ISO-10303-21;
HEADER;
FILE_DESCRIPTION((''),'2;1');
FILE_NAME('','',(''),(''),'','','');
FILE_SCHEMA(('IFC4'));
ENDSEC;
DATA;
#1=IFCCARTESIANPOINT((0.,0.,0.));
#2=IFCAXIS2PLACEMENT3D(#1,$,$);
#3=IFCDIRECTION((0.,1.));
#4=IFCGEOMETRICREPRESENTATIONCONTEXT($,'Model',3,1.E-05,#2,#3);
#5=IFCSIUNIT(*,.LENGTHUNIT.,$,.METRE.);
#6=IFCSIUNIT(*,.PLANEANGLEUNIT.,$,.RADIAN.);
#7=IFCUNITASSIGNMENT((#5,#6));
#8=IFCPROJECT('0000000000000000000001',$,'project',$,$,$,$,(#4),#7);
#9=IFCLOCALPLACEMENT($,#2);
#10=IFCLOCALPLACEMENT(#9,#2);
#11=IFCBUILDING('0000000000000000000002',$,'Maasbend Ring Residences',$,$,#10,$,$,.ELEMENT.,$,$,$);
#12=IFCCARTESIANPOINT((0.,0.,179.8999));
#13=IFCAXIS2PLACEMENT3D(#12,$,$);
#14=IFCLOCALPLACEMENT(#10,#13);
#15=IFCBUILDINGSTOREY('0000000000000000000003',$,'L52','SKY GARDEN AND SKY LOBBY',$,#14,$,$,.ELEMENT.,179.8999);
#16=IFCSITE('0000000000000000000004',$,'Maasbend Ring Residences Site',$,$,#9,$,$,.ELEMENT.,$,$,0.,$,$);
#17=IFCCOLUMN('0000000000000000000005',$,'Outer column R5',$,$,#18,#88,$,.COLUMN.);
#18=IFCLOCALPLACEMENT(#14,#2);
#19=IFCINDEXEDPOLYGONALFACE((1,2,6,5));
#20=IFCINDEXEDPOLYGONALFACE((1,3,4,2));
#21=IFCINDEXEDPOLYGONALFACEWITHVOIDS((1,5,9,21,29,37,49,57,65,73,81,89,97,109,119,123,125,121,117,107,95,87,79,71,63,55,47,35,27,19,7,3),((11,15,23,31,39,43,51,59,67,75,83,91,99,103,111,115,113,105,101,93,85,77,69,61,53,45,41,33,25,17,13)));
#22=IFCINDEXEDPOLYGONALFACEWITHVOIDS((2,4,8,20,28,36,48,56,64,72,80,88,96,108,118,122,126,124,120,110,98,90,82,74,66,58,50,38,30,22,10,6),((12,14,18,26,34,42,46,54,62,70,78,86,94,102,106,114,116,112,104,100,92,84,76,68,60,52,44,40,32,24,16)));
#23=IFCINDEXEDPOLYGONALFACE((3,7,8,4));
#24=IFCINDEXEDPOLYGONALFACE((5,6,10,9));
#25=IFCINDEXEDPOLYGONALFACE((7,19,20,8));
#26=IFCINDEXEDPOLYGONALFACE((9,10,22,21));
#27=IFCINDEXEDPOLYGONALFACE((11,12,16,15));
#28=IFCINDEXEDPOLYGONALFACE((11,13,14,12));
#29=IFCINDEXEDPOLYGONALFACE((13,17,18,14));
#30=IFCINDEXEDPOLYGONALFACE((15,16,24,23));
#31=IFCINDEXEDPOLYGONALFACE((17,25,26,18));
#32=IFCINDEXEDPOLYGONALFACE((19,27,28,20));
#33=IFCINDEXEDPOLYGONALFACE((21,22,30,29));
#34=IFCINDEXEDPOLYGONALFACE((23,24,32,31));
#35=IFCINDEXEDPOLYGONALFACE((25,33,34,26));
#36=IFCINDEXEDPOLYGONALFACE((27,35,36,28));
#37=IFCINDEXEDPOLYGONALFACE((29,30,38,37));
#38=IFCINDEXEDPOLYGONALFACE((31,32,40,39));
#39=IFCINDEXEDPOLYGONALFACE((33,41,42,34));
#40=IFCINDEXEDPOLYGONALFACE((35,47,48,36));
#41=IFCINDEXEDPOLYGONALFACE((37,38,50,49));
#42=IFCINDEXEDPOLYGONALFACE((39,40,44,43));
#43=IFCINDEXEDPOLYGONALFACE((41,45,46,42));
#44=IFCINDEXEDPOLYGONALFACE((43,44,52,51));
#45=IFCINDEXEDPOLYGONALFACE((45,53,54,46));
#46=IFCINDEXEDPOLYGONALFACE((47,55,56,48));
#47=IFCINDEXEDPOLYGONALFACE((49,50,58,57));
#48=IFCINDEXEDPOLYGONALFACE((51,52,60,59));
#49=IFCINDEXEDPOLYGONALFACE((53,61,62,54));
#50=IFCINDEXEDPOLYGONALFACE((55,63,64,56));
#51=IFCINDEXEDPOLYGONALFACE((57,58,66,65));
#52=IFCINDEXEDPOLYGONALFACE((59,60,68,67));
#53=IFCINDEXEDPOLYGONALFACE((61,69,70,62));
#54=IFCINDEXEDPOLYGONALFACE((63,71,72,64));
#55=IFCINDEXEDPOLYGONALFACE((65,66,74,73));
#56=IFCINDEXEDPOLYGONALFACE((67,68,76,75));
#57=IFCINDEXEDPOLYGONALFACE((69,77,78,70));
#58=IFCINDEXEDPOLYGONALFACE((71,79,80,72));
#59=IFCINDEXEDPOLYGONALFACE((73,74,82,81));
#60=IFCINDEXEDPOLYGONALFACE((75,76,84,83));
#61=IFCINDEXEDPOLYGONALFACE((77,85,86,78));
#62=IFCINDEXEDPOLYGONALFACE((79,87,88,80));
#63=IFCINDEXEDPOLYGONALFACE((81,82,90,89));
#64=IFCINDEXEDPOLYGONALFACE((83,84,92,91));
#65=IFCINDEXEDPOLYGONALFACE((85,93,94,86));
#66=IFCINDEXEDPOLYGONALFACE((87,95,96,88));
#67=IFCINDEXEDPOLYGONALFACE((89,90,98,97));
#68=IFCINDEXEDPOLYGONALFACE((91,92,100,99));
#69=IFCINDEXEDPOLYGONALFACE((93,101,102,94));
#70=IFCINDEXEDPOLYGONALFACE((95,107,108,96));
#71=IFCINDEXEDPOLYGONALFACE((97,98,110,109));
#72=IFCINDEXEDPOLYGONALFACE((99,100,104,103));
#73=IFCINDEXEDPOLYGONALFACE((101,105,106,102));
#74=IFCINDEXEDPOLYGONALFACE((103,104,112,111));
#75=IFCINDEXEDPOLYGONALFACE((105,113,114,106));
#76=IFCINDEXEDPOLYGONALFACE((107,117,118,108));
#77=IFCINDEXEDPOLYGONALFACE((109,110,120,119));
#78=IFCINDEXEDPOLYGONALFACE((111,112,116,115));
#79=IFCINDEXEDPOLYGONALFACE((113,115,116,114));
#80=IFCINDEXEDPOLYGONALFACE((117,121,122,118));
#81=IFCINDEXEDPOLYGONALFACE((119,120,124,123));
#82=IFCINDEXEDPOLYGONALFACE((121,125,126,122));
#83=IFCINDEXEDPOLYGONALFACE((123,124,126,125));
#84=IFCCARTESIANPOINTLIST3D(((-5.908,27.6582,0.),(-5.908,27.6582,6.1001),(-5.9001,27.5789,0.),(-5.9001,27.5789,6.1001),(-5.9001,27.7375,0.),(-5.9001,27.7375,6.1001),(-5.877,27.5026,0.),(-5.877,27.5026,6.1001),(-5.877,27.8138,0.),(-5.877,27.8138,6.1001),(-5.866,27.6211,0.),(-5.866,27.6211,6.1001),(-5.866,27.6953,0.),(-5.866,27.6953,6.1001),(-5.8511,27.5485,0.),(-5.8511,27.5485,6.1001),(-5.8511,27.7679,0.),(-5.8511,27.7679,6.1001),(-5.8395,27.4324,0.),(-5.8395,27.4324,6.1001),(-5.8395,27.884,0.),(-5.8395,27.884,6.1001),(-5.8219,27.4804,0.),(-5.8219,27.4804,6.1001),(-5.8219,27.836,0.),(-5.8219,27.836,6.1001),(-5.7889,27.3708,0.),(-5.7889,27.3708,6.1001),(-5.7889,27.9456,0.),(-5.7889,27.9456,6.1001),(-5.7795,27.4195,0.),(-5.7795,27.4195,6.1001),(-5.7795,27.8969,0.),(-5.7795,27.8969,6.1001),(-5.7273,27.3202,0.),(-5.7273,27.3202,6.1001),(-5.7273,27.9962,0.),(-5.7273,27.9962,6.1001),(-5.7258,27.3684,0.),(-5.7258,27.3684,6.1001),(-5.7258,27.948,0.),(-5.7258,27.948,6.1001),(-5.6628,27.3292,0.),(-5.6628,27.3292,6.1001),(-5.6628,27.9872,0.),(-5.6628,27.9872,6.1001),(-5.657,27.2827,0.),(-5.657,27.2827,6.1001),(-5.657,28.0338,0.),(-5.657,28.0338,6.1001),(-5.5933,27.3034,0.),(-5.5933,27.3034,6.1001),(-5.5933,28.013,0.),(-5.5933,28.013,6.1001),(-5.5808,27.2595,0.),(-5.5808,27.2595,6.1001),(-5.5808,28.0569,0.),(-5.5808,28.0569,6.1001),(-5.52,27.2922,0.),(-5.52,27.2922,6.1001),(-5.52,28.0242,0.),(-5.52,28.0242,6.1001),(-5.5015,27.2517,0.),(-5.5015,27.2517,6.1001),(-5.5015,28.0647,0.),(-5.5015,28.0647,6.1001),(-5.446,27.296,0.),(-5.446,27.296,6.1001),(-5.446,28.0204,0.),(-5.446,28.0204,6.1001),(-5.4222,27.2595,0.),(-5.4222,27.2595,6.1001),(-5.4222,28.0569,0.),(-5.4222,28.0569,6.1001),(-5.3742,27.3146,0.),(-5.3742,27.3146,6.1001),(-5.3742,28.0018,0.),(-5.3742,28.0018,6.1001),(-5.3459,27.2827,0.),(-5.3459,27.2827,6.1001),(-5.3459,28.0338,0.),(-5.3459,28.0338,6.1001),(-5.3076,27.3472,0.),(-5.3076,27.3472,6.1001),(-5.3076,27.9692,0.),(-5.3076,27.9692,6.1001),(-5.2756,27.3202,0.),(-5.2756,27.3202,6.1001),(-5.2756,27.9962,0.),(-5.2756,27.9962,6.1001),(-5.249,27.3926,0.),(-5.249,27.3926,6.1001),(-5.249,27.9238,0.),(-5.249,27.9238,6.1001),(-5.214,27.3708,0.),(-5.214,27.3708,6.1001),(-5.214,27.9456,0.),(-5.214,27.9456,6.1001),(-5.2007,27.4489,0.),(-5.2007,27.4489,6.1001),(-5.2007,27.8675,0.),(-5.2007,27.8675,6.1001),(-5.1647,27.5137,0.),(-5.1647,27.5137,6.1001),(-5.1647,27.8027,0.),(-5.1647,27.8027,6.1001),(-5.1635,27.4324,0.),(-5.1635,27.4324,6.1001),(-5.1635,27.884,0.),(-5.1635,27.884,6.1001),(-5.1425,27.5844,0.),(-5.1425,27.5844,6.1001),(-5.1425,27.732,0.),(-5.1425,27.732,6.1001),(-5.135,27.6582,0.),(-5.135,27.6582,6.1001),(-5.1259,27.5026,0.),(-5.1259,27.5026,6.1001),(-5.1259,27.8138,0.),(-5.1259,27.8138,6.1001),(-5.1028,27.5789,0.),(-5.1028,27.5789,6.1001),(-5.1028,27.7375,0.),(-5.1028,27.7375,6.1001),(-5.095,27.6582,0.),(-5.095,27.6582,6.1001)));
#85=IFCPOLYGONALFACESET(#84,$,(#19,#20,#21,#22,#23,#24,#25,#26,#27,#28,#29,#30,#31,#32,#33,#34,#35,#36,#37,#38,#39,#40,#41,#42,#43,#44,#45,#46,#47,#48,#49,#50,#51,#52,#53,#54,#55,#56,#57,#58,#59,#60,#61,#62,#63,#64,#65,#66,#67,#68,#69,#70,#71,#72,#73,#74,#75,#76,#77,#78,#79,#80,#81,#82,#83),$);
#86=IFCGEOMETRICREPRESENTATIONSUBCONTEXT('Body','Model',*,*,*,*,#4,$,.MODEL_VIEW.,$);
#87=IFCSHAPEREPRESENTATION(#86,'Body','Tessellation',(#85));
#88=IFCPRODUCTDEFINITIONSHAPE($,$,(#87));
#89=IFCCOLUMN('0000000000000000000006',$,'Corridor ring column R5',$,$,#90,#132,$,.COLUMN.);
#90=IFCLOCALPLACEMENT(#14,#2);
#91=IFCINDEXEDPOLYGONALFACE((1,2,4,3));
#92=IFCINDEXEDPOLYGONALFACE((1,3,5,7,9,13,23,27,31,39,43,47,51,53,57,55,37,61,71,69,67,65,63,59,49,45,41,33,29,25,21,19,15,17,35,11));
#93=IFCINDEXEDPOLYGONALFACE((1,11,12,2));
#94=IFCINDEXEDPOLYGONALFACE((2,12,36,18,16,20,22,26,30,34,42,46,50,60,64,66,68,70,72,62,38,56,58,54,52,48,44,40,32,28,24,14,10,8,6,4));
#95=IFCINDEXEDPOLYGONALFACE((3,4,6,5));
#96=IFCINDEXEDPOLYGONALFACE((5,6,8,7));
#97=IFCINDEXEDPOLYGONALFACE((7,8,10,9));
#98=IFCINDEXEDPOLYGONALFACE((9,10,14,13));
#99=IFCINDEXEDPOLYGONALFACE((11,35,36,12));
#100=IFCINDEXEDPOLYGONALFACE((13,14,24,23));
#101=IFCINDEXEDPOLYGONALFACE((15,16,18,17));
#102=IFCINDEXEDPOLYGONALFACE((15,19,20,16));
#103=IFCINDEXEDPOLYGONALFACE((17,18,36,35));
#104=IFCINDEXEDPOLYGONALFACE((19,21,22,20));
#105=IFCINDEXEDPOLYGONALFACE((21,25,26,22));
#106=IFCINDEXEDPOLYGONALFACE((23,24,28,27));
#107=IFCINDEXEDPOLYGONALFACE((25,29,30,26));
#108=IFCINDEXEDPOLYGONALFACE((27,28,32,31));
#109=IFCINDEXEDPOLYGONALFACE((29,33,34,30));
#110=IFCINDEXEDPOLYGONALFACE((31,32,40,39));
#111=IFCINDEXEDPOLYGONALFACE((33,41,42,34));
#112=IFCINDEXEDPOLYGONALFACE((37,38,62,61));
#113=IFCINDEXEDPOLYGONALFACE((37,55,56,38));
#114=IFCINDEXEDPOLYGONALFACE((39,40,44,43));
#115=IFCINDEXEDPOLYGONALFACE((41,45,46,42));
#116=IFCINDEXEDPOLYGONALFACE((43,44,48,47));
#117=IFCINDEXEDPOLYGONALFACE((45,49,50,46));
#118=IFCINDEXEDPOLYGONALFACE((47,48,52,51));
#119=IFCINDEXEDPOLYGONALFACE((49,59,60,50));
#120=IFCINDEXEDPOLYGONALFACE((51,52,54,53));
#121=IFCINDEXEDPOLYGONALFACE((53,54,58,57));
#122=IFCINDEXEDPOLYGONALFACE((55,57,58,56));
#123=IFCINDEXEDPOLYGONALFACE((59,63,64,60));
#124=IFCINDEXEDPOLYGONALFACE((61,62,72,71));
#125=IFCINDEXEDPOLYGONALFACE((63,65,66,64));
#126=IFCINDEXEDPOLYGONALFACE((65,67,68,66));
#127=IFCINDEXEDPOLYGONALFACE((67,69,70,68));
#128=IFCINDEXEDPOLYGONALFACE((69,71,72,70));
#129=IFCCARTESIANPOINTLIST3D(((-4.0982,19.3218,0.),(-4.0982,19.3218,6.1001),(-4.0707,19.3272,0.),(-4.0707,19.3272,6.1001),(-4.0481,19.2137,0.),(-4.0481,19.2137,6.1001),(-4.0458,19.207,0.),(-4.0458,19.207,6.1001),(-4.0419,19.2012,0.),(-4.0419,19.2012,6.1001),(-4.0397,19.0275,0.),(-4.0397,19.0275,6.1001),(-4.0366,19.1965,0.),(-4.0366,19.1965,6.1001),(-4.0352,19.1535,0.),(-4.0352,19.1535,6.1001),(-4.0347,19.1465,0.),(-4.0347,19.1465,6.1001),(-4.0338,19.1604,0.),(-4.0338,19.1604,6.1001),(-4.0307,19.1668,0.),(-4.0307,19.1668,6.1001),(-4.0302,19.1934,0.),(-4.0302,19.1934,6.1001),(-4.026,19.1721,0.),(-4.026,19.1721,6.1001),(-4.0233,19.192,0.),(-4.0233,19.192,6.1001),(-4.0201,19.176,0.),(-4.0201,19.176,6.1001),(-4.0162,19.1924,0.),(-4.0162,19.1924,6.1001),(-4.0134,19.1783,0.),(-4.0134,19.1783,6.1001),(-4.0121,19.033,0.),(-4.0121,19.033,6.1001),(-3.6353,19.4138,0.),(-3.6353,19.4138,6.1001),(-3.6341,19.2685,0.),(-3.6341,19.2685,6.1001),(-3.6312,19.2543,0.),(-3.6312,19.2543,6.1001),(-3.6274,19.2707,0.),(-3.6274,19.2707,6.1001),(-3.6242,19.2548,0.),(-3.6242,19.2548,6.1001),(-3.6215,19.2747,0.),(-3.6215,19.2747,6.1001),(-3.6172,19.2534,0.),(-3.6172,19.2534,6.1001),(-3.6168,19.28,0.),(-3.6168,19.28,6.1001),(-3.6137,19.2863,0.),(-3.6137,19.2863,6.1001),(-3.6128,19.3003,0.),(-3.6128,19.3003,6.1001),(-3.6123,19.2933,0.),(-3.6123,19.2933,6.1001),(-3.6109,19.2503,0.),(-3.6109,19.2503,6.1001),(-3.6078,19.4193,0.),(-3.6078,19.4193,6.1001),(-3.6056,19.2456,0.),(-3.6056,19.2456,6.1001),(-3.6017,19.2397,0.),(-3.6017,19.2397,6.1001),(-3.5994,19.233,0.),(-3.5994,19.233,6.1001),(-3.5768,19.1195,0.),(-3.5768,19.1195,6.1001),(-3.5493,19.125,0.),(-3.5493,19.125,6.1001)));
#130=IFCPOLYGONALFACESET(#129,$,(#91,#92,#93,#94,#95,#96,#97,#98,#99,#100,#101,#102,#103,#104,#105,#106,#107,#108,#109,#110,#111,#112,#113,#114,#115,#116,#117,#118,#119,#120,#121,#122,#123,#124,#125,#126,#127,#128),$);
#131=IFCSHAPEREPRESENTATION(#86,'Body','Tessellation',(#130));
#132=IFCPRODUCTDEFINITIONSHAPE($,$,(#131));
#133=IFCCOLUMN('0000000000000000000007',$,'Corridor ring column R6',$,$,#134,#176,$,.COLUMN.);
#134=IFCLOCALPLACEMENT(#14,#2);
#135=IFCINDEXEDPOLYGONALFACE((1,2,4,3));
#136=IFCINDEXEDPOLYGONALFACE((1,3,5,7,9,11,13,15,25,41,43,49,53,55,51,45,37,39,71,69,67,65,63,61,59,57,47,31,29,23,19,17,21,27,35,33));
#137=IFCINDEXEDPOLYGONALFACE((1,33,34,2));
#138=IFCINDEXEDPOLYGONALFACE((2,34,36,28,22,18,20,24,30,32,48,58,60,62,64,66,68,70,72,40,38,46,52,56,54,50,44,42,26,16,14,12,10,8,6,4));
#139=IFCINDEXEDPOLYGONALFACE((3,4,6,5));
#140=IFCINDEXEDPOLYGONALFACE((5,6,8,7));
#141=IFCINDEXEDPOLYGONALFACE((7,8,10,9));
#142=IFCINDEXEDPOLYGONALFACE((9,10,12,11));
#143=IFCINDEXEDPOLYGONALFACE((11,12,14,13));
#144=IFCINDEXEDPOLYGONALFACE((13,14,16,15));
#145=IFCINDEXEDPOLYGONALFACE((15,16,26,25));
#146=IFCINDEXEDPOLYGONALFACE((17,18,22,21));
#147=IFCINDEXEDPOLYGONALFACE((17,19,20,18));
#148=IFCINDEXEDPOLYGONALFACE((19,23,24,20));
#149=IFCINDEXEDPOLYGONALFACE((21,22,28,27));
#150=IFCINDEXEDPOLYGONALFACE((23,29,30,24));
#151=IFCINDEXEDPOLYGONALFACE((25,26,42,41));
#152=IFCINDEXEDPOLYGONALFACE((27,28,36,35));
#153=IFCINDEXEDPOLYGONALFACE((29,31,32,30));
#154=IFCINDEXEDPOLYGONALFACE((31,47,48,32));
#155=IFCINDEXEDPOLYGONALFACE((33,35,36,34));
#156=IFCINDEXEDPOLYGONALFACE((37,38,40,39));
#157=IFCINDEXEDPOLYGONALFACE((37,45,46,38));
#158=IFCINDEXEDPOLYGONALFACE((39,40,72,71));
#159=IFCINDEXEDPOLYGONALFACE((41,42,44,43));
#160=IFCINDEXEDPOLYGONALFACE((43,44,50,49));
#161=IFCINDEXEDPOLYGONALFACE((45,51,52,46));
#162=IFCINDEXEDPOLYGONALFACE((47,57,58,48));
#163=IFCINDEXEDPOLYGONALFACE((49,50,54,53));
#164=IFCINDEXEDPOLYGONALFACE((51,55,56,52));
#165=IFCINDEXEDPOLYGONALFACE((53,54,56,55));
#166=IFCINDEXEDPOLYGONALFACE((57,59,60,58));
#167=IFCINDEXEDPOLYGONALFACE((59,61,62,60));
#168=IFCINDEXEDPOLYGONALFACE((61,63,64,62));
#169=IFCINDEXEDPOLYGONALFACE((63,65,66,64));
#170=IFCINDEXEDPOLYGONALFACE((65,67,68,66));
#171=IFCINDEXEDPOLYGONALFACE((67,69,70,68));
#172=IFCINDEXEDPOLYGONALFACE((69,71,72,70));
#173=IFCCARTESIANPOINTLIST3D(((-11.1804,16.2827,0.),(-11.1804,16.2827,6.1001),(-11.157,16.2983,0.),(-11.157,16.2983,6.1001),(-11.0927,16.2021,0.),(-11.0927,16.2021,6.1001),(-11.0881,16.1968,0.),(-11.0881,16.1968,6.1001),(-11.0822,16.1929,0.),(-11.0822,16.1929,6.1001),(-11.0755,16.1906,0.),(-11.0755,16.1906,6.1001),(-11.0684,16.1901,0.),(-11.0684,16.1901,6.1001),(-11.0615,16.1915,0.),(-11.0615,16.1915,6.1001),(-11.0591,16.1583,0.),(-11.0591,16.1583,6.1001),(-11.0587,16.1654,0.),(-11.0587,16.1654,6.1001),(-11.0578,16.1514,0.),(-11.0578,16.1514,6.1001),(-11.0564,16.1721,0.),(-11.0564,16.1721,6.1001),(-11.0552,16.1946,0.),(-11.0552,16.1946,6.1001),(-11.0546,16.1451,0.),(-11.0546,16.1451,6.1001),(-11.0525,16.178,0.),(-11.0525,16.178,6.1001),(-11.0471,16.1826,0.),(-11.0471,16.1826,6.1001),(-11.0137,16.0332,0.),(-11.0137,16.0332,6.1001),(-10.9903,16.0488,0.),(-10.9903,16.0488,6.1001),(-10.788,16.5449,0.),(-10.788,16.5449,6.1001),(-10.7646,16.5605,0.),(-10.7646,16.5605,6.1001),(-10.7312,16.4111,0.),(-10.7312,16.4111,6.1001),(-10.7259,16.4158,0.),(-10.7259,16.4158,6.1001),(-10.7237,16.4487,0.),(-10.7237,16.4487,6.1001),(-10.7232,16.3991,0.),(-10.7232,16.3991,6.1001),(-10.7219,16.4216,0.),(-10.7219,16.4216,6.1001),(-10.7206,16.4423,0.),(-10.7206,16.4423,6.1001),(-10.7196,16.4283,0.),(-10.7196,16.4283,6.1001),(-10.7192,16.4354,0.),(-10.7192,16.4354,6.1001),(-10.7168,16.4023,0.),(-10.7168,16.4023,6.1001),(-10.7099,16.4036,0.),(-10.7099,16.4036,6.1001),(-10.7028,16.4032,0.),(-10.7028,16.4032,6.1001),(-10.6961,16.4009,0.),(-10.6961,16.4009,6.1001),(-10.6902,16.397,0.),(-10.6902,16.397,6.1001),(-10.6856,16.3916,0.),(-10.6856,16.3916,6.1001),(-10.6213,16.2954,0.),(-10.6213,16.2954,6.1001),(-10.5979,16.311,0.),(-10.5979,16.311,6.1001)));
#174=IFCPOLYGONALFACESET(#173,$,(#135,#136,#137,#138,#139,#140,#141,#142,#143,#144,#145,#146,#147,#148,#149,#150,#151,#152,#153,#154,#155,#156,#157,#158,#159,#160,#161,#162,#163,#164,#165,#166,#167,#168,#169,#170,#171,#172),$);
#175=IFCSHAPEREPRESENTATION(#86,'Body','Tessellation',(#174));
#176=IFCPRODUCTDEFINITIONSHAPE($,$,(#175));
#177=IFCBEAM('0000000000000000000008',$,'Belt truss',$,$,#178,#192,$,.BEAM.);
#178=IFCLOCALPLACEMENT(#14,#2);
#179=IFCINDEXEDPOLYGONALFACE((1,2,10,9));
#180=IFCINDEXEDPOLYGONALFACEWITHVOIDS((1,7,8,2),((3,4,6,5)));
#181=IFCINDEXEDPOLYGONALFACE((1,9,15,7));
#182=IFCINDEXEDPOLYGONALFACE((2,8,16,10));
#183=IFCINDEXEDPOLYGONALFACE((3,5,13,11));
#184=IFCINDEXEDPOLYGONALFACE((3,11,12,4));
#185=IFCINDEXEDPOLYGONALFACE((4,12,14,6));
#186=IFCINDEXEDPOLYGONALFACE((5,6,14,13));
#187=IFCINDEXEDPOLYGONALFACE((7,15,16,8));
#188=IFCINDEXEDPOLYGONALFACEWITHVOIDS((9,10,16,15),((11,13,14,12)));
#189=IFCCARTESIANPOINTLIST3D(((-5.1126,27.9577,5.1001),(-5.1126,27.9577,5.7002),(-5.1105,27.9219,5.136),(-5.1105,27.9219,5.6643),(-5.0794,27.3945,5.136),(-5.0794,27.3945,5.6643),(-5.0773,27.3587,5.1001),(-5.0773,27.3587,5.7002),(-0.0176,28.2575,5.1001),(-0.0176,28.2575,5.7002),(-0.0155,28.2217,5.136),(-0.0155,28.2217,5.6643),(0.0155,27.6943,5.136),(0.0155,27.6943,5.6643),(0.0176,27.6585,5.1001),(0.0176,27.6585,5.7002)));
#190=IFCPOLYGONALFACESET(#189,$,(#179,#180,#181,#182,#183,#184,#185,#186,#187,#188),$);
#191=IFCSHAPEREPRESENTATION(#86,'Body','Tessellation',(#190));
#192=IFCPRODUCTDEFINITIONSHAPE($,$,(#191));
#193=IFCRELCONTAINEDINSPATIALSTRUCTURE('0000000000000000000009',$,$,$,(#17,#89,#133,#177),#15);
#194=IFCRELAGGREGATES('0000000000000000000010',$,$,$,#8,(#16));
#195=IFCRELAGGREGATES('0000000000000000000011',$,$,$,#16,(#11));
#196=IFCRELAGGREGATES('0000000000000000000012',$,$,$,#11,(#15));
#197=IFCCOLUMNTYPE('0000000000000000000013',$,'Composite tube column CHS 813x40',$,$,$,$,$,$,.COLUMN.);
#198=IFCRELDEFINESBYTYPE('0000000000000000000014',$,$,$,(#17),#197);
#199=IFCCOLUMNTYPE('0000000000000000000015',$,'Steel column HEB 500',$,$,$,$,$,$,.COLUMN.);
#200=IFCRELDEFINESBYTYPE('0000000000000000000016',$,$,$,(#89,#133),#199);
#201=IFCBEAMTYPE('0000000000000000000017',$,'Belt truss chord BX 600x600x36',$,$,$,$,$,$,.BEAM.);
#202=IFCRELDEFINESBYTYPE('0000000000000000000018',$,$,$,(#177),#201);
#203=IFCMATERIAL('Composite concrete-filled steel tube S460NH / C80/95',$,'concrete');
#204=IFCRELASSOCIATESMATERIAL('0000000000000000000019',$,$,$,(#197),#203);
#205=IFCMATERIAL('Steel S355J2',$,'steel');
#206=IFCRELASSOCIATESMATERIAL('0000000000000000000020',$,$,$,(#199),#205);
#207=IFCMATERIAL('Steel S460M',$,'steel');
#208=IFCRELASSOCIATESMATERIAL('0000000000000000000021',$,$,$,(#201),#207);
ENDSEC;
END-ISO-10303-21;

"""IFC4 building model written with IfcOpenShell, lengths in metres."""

from ifc_helpers import new_model, si_unit, direction, frame, origin, origin_2d, place, context, subcontext, project, spatial, hollow_rectangle, hollow_circle, i_section, extrude, material, material_profile, profile_set, type_object, element, save


model = new_model("IFC4")

# Units and contexts
model_context = context("Model", 3, precision=1e-05, world=origin(), true_north=direction((0.0, 1.0)))
body_context = subcontext(model_context, "Body", "Model", "MODEL_VIEW")
ifc_project = project(units=[si_unit("LENGTHUNIT", "METRE"), si_unit("PLANEANGLEUNIT", "RADIAN")], contexts=[model_context])

# Site, building, storey
site_placement = place(None, origin())
site = spatial("IfcSite", under=ifc_project, at=site_placement, Name="Maasbend Ring Residences Site", CompositionType="ELEMENT", RefElevation=0.0)
building_placement = place(site_placement, origin())
building = spatial("IfcBuilding", under=site, at=building_placement, Name="Maasbend Ring Residences", CompositionType="ELEMENT")
storey_placement = place(building_placement, frame((0.0, 0.0, 179.8999)))
storey = spatial("IfcBuildingStorey", under=building, at=storey_placement, Name="L52", Description="SKY GARDEN AND SKY LOBBY", CompositionType="ELEMENT", Elevation=179.8999)

# Columns
ifc_material_1 = material(Name="Composite concrete-filled steel tube S460NH / C80/95", Category="concrete")
ifc_material_profile_1 = material_profile(ifc_material_1, hollow_circle(Radius=0.4065, WallThickness=0.04, at=origin_2d()), Name="Composite tube column CHS 813x40")
ifc_profile_set_1 = profile_set([ifc_material_profile_1], Name="Composite concrete-filled steel tube S460NH / C80/95")
column_type_1 = type_object("IfcColumnType", Name="Composite tube column CHS 813x40", PredefinedType="COLUMN", material=ifc_profile_set_1)
column_placement = place(storey_placement, frame((-5.5015, 27.6582, 0.0), z_axis=(0.0, 0.0, 1.0), x_axis=(1.0, 0.0, 0.0)))
element("IfcColumn", 1, at=column_placement, inside=storey, type_object=column_type_1, Name="Outer column R5", PredefinedType="COLUMN", context=body_context, shape_type="SweptSolid", body=[
    extrude(hollow_circle(Radius=0.4065, WallThickness=0.04, at=origin_2d()), origin(), (0.0, 0.0, 1.0), 6.1001),
])
ifc_material_2 = material(Name="Steel S355J2", Category="steel")
ifc_material_profile_2 = material_profile(ifc_material_2, i_section(OverallWidth=0.3, OverallDepth=0.5, WebThickness=0.0144, FlangeThickness=0.0281, FilletRadius=0.0271, at=origin_2d()), Name="HEB 500")
ifc_profile_set_2 = profile_set([ifc_material_profile_2], Name="Steel S355J2")
column_type_2 = type_object("IfcColumnType", Name="Steel column HEB 500", PredefinedType="COLUMN", material=ifc_profile_set_2)
for number, where, z_axis, x_axis, name in (
    (2, (-3.8237, 19.2234, 0.0), (0.0, 0.0, 1.0), (-0.19509, 0.980785, 0.0), "Corridor ring column R5"),
    (3, (-10.8892, 16.2969, 0.0), (0.0, 0.0, 1.0), (-0.55557, 0.83147, 0.0), "Corridor ring column R6"),
):
    element("IfcColumn", number, at=place(storey_placement, frame(where, z_axis=z_axis, x_axis=x_axis)), inside=storey, type_object=column_type_2, Name=name, PredefinedType="COLUMN", context=body_context, shape_type="SweptSolid", body=[
        extrude(i_section(OverallWidth=0.3, OverallDepth=0.5, WebThickness=0.0144, FlangeThickness=0.0281, FilletRadius=0.0271, at=origin_2d()), origin(), (0.0, 0.0, 1.0), 6.1001),
    ])

# Beam
ifc_material_3 = material(Name="Steel S460M", Category="steel")
ifc_material_profile_3 = material_profile(ifc_material_3, hollow_rectangle(XDim=0.6001, YDim=0.6001, WallThickness=0.0359, at=origin_2d()), Name="Belt truss chord BX 600x600x36")
ifc_profile_set_3 = profile_set([ifc_material_profile_3], Name="Steel S460M")
beam_type_1 = type_object("IfcBeamType", Name="Belt truss chord BX 600x600x36", PredefinedType="BEAM", material=ifc_profile_set_3)
beam_placement = place(storey_placement, frame((0.0, 27.958, 5.4001), z_axis=(-0.998273, -0.058742, 0.0), x_axis=(0.058742, -0.998273, 0.0)))
element("IfcBeam", 4, at=beam_placement, inside=storey, type_object=beam_type_1, Name="Belt truss", PredefinedType="BEAM", context=body_context, shape_type="SweptSolid", body=[
    extrude(hollow_rectangle(XDim=0.6001, YDim=0.6001, WallThickness=0.0359, at=origin_2d()), origin(), (0.0, 0.0, 1.0), 5.1038),
])

save(model, "model.ifc")
